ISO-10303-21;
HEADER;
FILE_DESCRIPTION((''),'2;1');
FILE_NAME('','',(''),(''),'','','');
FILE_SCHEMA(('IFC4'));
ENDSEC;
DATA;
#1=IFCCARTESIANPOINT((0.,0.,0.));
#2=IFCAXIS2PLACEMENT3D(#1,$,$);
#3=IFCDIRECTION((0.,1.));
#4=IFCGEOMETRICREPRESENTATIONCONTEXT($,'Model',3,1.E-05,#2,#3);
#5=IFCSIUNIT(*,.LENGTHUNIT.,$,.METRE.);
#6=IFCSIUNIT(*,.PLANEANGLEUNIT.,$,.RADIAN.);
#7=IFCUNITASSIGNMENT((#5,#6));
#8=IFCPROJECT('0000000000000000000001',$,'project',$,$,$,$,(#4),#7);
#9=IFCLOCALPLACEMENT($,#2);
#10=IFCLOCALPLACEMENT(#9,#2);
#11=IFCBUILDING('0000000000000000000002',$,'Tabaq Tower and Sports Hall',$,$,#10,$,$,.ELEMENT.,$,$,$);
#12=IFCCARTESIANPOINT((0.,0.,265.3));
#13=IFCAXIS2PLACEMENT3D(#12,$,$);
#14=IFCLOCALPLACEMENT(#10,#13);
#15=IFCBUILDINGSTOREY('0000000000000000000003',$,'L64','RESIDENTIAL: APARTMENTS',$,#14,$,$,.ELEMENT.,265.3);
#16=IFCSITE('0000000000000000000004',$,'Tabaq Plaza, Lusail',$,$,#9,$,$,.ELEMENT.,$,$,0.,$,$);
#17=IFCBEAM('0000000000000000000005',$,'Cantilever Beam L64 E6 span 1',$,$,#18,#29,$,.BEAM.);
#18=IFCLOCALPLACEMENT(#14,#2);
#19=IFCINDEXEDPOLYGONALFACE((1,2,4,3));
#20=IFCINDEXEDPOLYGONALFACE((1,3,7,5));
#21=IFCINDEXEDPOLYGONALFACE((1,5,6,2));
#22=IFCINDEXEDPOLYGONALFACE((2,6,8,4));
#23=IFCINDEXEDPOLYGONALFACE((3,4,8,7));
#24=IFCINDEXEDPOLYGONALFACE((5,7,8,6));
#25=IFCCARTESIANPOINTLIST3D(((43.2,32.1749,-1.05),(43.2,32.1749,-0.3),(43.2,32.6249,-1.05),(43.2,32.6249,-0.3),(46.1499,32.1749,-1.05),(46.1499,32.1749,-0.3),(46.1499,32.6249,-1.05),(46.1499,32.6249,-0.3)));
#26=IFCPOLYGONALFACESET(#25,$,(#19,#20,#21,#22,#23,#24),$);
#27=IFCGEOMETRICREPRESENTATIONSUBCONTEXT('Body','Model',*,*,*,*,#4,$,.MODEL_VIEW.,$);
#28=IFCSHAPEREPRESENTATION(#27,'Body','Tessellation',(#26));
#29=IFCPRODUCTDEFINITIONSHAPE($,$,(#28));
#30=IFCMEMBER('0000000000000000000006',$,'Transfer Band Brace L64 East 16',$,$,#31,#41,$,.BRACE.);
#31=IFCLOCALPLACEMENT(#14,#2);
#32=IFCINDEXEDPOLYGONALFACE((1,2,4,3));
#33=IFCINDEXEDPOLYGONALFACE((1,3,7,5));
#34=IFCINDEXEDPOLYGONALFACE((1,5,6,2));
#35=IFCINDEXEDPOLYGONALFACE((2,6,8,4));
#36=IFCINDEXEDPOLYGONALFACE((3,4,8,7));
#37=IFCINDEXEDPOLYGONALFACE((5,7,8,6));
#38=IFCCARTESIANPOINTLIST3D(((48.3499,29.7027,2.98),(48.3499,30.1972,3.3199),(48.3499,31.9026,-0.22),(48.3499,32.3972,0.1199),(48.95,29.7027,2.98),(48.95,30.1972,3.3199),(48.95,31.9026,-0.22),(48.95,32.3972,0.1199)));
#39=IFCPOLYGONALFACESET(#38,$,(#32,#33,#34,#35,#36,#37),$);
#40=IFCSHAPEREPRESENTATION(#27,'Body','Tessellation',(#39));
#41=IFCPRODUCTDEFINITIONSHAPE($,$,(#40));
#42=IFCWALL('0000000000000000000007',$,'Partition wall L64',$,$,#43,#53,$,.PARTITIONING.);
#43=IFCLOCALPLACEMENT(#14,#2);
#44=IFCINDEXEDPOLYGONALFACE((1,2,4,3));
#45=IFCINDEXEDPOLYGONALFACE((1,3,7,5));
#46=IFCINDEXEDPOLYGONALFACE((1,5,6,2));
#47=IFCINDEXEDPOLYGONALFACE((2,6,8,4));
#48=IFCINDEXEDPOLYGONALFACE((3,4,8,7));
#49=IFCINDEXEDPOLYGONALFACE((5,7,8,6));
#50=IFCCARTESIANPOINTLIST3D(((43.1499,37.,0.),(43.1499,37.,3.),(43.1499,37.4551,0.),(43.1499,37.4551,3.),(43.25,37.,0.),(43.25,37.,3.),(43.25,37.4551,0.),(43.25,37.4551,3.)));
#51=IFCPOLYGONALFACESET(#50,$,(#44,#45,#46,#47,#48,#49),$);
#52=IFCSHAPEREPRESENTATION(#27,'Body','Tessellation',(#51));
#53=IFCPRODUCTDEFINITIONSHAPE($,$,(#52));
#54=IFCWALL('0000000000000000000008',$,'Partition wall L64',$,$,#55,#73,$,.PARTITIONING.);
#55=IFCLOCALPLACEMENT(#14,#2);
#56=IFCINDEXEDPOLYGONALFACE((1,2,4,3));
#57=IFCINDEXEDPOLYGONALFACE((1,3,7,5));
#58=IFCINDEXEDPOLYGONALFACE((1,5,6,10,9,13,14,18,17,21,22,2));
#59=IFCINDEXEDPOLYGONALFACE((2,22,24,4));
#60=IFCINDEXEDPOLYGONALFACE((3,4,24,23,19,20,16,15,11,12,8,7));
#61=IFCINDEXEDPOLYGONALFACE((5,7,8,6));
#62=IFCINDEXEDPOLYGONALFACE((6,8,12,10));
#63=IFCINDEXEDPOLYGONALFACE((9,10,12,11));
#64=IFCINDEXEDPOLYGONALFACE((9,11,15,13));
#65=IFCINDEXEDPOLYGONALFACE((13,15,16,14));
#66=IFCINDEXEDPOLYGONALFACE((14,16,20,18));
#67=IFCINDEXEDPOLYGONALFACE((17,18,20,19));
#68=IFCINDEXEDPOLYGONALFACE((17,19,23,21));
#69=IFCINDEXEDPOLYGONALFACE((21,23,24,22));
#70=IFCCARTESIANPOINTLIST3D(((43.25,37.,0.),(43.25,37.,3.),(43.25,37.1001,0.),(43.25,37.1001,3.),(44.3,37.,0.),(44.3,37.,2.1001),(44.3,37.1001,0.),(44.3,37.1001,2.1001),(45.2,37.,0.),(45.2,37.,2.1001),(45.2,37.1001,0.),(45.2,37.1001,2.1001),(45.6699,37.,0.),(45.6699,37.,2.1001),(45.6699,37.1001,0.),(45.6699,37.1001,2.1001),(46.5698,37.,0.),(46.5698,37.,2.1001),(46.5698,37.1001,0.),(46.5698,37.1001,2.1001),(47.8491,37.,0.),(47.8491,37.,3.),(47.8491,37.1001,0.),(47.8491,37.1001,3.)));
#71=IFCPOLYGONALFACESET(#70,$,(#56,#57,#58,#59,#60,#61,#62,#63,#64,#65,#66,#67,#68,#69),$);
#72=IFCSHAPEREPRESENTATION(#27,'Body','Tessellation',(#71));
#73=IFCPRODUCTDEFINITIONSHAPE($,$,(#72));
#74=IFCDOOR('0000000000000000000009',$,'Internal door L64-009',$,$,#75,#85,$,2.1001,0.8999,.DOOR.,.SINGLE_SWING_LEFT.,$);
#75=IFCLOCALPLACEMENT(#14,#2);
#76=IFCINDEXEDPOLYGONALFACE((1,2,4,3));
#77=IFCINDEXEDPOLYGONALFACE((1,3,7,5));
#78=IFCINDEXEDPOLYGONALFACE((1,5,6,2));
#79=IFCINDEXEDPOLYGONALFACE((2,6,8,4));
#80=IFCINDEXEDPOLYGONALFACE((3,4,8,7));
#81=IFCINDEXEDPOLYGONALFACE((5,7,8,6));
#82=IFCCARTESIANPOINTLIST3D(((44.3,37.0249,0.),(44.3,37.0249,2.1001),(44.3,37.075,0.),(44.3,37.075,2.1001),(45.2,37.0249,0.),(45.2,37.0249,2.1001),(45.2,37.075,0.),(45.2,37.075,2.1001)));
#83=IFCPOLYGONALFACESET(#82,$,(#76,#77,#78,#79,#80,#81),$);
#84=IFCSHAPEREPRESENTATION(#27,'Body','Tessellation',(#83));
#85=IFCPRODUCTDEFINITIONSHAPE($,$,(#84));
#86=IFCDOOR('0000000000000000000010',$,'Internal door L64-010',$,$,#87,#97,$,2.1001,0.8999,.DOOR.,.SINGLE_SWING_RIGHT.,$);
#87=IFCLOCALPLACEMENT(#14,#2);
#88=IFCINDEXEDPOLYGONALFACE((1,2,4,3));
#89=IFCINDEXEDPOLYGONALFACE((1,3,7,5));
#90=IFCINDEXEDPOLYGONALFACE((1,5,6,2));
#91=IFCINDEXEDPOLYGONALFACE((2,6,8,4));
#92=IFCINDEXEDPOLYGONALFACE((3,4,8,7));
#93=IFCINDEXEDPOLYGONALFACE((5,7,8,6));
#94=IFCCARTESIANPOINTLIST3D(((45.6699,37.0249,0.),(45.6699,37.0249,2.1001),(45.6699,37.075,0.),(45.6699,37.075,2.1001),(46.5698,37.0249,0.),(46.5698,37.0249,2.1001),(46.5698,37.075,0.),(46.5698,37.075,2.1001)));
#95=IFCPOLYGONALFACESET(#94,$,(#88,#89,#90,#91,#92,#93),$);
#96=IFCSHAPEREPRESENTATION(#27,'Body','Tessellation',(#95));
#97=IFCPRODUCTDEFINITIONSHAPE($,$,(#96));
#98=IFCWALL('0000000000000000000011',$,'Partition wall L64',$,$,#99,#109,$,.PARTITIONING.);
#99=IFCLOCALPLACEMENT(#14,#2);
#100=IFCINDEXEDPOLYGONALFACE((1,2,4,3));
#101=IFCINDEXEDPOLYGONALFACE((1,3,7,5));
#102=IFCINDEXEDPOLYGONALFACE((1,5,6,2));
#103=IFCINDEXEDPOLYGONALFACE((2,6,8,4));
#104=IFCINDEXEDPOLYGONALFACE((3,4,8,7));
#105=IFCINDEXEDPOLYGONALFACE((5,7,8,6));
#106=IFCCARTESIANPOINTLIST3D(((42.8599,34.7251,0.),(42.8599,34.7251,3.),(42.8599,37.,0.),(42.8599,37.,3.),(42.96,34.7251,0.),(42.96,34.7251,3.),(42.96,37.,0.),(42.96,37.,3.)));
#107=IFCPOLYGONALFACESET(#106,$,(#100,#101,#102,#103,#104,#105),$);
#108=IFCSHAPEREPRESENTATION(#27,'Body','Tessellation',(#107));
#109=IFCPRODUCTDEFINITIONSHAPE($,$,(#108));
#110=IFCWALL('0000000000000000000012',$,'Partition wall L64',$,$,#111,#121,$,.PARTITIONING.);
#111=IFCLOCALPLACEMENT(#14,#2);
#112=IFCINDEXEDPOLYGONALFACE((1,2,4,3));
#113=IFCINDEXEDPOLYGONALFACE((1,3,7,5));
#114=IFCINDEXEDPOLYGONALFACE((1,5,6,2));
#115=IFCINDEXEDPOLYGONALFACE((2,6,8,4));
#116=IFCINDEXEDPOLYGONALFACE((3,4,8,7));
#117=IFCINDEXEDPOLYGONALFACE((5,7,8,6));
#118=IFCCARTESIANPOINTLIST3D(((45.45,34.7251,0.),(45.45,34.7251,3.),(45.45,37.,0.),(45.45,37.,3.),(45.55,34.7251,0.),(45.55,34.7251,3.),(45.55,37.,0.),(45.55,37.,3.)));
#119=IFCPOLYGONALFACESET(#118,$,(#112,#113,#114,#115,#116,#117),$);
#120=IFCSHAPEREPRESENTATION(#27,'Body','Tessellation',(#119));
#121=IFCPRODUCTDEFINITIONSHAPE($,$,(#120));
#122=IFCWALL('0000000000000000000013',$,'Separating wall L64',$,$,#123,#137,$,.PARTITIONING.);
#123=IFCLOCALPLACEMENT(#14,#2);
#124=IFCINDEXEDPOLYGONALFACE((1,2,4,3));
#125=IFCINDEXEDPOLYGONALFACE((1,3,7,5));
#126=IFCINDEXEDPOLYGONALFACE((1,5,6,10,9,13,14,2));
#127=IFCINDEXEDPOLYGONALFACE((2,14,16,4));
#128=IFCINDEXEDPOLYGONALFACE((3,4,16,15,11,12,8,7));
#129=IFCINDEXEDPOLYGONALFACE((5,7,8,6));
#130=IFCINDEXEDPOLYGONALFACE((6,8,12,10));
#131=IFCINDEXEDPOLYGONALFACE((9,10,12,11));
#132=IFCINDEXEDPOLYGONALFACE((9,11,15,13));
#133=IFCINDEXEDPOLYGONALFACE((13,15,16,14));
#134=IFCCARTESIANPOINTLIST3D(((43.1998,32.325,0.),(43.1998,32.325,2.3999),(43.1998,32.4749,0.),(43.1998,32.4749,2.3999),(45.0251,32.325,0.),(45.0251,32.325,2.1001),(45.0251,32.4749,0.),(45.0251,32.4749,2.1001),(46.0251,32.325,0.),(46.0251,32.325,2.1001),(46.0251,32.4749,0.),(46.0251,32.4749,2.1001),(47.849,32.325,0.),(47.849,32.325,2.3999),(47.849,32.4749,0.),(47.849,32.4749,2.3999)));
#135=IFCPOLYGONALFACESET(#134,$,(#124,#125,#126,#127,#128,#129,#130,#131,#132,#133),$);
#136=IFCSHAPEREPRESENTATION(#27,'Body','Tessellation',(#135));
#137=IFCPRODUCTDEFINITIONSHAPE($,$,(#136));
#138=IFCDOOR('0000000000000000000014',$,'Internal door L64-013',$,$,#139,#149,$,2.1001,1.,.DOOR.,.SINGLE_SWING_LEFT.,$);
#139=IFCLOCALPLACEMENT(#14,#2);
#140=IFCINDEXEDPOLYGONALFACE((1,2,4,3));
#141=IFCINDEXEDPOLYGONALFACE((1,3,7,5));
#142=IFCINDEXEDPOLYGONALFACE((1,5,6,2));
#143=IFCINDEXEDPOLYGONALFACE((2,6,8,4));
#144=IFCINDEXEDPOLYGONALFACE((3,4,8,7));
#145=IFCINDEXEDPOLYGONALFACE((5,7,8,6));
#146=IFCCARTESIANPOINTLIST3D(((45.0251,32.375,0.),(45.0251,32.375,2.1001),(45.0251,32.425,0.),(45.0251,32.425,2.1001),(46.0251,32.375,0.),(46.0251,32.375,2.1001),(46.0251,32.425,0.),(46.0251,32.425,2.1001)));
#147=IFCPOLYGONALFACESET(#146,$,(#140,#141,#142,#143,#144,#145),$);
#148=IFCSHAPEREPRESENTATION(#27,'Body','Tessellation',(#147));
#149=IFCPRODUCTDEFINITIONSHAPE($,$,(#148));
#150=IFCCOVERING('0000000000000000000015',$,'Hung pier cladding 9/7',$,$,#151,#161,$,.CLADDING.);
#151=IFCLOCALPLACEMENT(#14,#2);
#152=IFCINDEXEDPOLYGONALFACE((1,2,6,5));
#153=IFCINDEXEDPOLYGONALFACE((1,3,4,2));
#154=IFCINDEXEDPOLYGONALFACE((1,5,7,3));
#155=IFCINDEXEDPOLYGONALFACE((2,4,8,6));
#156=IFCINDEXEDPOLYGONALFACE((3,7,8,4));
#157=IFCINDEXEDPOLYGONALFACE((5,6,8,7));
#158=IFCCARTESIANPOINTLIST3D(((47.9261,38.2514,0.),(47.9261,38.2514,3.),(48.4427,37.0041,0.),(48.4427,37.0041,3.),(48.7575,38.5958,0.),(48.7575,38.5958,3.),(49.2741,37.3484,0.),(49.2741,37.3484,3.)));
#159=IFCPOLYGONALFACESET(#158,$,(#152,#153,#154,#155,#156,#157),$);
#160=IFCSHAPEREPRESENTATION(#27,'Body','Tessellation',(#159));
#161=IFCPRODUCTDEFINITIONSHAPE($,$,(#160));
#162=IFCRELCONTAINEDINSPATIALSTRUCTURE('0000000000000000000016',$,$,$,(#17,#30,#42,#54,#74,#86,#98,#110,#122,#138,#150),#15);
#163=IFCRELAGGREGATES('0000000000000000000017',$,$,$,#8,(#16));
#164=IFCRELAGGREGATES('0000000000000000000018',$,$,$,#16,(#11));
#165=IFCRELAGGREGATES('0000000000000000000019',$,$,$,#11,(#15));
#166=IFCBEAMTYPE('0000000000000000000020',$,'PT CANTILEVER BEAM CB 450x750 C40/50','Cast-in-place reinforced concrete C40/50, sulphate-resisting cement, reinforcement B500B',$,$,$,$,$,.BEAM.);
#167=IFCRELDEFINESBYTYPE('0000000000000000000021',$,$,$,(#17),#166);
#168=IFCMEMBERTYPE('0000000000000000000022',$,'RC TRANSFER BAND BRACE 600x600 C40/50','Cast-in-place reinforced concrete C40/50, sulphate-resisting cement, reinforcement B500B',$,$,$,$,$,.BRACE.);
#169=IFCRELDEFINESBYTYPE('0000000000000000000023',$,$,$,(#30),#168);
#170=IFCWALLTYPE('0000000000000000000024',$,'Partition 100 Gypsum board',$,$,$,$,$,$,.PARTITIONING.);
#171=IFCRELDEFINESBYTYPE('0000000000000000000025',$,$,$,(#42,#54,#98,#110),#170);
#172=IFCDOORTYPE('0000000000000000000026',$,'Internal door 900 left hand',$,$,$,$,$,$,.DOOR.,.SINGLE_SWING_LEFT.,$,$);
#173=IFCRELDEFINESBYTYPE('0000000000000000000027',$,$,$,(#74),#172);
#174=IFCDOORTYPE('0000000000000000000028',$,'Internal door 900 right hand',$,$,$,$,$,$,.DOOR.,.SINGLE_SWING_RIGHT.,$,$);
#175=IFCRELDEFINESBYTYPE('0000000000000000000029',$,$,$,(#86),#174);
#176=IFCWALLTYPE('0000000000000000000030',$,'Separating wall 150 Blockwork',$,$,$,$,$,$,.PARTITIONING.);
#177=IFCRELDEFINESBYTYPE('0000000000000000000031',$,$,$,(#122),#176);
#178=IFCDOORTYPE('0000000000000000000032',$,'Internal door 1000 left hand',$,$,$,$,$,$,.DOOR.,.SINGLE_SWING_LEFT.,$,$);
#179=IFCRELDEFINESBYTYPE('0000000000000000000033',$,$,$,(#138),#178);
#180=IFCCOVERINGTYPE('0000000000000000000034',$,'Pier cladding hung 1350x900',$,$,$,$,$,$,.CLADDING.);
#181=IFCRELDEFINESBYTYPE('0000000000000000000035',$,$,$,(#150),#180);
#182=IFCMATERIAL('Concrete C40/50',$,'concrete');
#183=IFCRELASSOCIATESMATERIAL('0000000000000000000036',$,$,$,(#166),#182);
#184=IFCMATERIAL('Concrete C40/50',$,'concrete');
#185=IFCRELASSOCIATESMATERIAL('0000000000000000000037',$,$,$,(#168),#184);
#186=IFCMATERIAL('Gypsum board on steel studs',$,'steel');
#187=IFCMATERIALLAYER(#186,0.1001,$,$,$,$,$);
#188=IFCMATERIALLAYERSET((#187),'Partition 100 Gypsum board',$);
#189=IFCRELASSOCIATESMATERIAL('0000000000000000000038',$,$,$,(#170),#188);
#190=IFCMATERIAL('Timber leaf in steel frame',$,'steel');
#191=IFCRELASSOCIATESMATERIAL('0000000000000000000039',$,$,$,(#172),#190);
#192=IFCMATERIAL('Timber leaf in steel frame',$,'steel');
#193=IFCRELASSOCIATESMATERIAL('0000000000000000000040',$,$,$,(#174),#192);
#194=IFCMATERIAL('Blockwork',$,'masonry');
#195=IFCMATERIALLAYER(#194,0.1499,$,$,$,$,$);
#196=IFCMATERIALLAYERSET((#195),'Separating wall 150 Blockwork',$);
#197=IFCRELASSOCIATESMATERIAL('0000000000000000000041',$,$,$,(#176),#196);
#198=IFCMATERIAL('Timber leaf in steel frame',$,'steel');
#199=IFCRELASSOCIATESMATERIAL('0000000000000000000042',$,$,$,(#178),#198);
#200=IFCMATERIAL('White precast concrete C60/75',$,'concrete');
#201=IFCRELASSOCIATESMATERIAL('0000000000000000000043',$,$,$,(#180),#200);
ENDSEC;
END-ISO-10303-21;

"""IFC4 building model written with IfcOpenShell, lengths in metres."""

from ifc_helpers import new_model, si_unit, direction, frame, frame_2d, origin, origin_2d, place, context, subcontext, project, spatial, rectangle, extrude, material, layer, layer_set, material_profile, profile_set, type_object, element, fill, save


model = new_model("IFC4")

# Units and contexts
model_context = context("Model", 3, precision=1e-05, world=origin(), true_north=direction((0.0, 1.0)))
body_context = subcontext(model_context, "Body", "Model", "MODEL_VIEW")
ifc_project = project(units=[si_unit("LENGTHUNIT", "METRE"), si_unit("PLANEANGLEUNIT", "RADIAN")], contexts=[model_context])

# Site, building, storey
site_placement = place(None, origin())
site = spatial("IfcSite", under=ifc_project, at=site_placement, Name="Tabaq Plaza, Lusail", CompositionType="ELEMENT", RefElevation=0.0)
building_placement = place(site_placement, origin())
building = spatial("IfcBuilding", under=site, at=building_placement, Name="Tabaq Tower and Sports Hall", CompositionType="ELEMENT")
storey_placement = place(building_placement, frame((0.0, 0.0, 265.3)))
storey = spatial("IfcBuildingStorey", under=building, at=storey_placement, Name="L64", Description="RESIDENTIAL: APARTMENTS", CompositionType="ELEMENT", Elevation=265.3)

# Beam
ifc_material_1 = material(Name="Concrete C40/50", Category="concrete")
ifc_material_profile_1 = material_profile(ifc_material_1, rectangle(XDim=0.45, YDim=0.75, at=origin_2d()), Name="CB 450x750")
ifc_profile_set_1 = profile_set([ifc_material_profile_1], Name="Concrete C40/50")
beam_type = type_object("IfcBeamType", Name="PT CANTILEVER BEAM CB 450x750 C40/50", Description="Cast-in-place reinforced concrete C40/50, sulphate-resisting cement, reinforcement B500B", PredefinedType="BEAM", material=ifc_profile_set_1)
beam_placement = place(storey_placement, frame((46.1499, 32.3999, -0.675), z_axis=(-1.0, 0.0, 0.0), x_axis=(0.0, -1.0, 0.0)))
element("IfcBeam", 1, at=beam_placement, inside=storey, type_object=beam_type, Name="Cantilever Beam L64 E6 span 1", PredefinedType="BEAM", context=body_context, shape_type="SweptSolid", body=[
    extrude(rectangle(XDim=0.45, YDim=0.75, at=origin_2d()), origin(), (0.0, 0.0, 1.0), 2.95),
])

# Member
ifc_material_2 = material(Name="Concrete C40/50", Category="concrete")
ifc_material_profile_2 = material_profile(ifc_material_2, rectangle(XDim=0.6001, YDim=0.6001, at=origin_2d()), Name="TRANSFER BAND BRACE 600x600")
ifc_profile_set_2 = profile_set([ifc_material_profile_2], Name="Concrete C40/50")
member_type = type_object("IfcMemberType", Name="RC TRANSFER BAND BRACE 600x600 C40/50", Description="Cast-in-place reinforced concrete C40/50, sulphate-resisting cement, reinforcement B500B", PredefinedType="BRACE", material=ifc_profile_set_2)
member_placement = place(storey_placement, frame((48.6499, 32.1499, -0.05), z_axis=(0.0, -0.566526, 0.824044), x_axis=(1.0, 0.0, 0.0)))
element("IfcMember", 2, at=member_placement, inside=storey, type_object=member_type, Name="Transfer Band Brace L64 East 16", PredefinedType="BRACE", context=body_context, shape_type="SweptSolid", body=[
    extrude(rectangle(XDim=0.6001, YDim=0.6001, at=origin_2d()), origin(), (0.0, 0.0, 1.0), 3.8833),
])

# Wall
ifc_material_3 = material(Name="Gypsum board on steel studs", Category="steel")
ifc_layer_1 = layer(ifc_material_3, 0.1001)
ifc_layer_set_1 = layer_set([ifc_layer_1], Name="Partition 100 Gypsum board")
wall_type_1 = type_object("IfcWallType", Name="Partition 100 Gypsum board", PredefinedType="PARTITIONING", material=ifc_layer_set_1)
wall_1_placement = place(storey_placement, frame((43.2, 37.0, 0.0), z_axis=(0.0, 0.0, 1.0), x_axis=(0.0, 1.0, 0.0)))
element("IfcWall", 3, at=wall_1_placement, inside=storey, type_object=wall_type_1, Name="Partition wall L64", PredefinedType="PARTITIONING", context=body_context, shape_type="SweptSolid", body=[
    extrude(rectangle(XDim=0.4551, YDim=0.1001, at=frame_2d((0.2275, 0.0))), origin(), (0.0, 0.0, 1.0), 3.0),
])

# Wall, openings, doors
wall_2_placement = place(storey_placement, frame((43.25, 37.05, 0.0), z_axis=(0.0, 0.0, 1.0), x_axis=(1.0, 0.0, 0.0)))
wall_2 = element("IfcWall", 4, at=wall_2_placement, inside=storey, type_object=wall_type_1, Name="Partition wall L64", PredefinedType="PARTITIONING", context=body_context, shape_type="SweptSolid", body=[
    extrude(rectangle(XDim=4.5991, YDim=0.1001, at=frame_2d((2.2996, 0.0))), origin(), (0.0, 0.0, 1.0), 3.0),
])
opening_1_placement = place(wall_2_placement, frame((1.05, 0.0, 0.0)))
opening_1 = element("IfcOpeningElement", 5, at=opening_1_placement, cuts=wall_2, PredefinedType="OPENING", context=body_context, shape_type="SweptSolid", body=[
    extrude(rectangle(XDim=0.8999, YDim=2.1001, at=frame_2d((0.45, 1.05))), frame((0.0, 0.05, 0.0), z_axis=(0.0, -1.0, 0.0), x_axis=(1.0, 0.0, 0.0)), (0.0, 0.0, 1.0), 0.1001),
])
opening_2_placement = place(wall_2_placement, frame((2.4199, 0.0, 0.0)))
opening_2 = element("IfcOpeningElement", 6, at=opening_2_placement, cuts=wall_2, PredefinedType="OPENING", context=body_context, shape_type="SweptSolid", body=[
    extrude(rectangle(XDim=0.8999, YDim=2.1001, at=frame_2d((0.45, 1.05))), frame((0.0, 0.05, 0.0), z_axis=(0.0, -1.0, 0.0), x_axis=(1.0, 0.0, 0.0)), (0.0, 0.0, 1.0), 0.1001),
])
ifc_material_4 = material(Name="Timber leaf in steel frame", Category="steel")
door_type_1 = type_object("IfcDoorType", Name="Internal door 900 left hand", OperationType="SINGLE_SWING_LEFT", PredefinedType="DOOR", material=ifc_material_4)
door_1_placement = place(opening_1_placement, origin())
door_1 = element("IfcDoor", 7, at=door_1_placement, inside=storey, type_object=door_type_1, Name="Internal door L64-009", OperationType="SINGLE_SWING_LEFT", OverallHeight=2.1001, OverallWidth=0.8999, PredefinedType="DOOR", context=body_context, shape_type="SweptSolid", body=[
    extrude(rectangle(XDim=0.8999, YDim=2.1001, at=frame_2d((0.45, 1.05))), frame((0.0, 0.0249, 0.0), z_axis=(0.0, -1.0, 0.0), x_axis=(1.0, 0.0, 0.0)), (0.0, 0.0, 1.0), 0.05),
])
fill(opening_1, door_1)
ifc_material_5 = material(Name="Timber leaf in steel frame", Category="steel")
door_type_2 = type_object("IfcDoorType", Name="Internal door 900 right hand", OperationType="SINGLE_SWING_RIGHT", PredefinedType="DOOR", material=ifc_material_5)
door_2_placement = place(opening_2_placement, origin())
door_2 = element("IfcDoor", 8, at=door_2_placement, inside=storey, type_object=door_type_2, Name="Internal door L64-010", OperationType="SINGLE_SWING_RIGHT", OverallHeight=2.1001, OverallWidth=0.8999, PredefinedType="DOOR", context=body_context, shape_type="SweptSolid", body=[
    extrude(rectangle(XDim=0.8999, YDim=2.1001, at=frame_2d((0.45, 1.05))), frame((0.0, 0.0249, 0.0), z_axis=(0.0, -1.0, 0.0), x_axis=(1.0, 0.0, 0.0)), (0.0, 0.0, 1.0), 0.05),
])
fill(opening_2, door_2)

# Walls
for number, where, z_axis, x_axis, name in (
    (9, (42.9099, 34.7251, 0.0), (0.0, 0.0, 1.0), (0.0, 1.0, 0.0), "Partition wall L64"),
    (10, (45.5, 34.7251, 0.0), (0.0, 0.0, 1.0), (0.0, 1.0, 0.0), "Partition wall L64"),
):
    element("IfcWall", number, at=place(storey_placement, frame(where, z_axis=z_axis, x_axis=x_axis)), inside=storey, type_object=wall_type_1, Name=name, PredefinedType="PARTITIONING", context=body_context, shape_type="SweptSolid", body=[
        extrude(rectangle(XDim=2.2749, YDim=0.1001, at=frame_2d((1.1375, 0.0))), origin(), (0.0, 0.0, 1.0), 3.0),
    ])

# Wall, opening, door
ifc_material_6 = material(Name="Blockwork", Category="masonry")
ifc_layer_2 = layer(ifc_material_6, 0.1499)
ifc_layer_set_2 = layer_set([ifc_layer_2], Name="Separating wall 150 Blockwork")
wall_type_2 = type_object("IfcWallType", Name="Separating wall 150 Blockwork", PredefinedType="PARTITIONING", material=ifc_layer_set_2)
wall_3_placement = place(storey_placement, frame((47.8491, 32.3999, 0.0), z_axis=(0.0, 0.0, 1.0), x_axis=(-1.0, 0.0, 0.0)))
wall_3 = element("IfcWall", 11, at=wall_3_placement, inside=storey, type_object=wall_type_2, Name="Separating wall L64", PredefinedType="PARTITIONING", context=body_context, shape_type="SweptSolid", body=[
    extrude(rectangle(XDim=4.6492, YDim=0.1499, at=frame_2d((2.3247, 0.0))), origin(), (0.0, 0.0, 1.0), 2.3999),
])
opening_3_placement = place(wall_3_placement, frame((1.824, 0.0, 0.0)))
opening_3 = element("IfcOpeningElement", 12, at=opening_3_placement, cuts=wall_3, PredefinedType="OPENING", context=body_context, shape_type="SweptSolid", body=[
    extrude(rectangle(XDim=1.0, YDim=2.1001, at=frame_2d((0.5, 1.05))), frame((0.0, 0.075, 0.0), z_axis=(0.0, -1.0, 0.0), x_axis=(1.0, 0.0, 0.0)), (0.0, 0.0, 1.0), 0.1499),
])
ifc_material_7 = material(Name="Timber leaf in steel frame", Category="steel")
door_type_3 = type_object("IfcDoorType", Name="Internal door 1000 left hand", OperationType="SINGLE_SWING_LEFT", PredefinedType="DOOR", material=ifc_material_7)
door_3_placement = place(opening_3_placement, origin())
door_3 = element("IfcDoor", 13, at=door_3_placement, inside=storey, type_object=door_type_3, Name="Internal door L64-013", OperationType="SINGLE_SWING_LEFT", OverallHeight=2.1001, OverallWidth=1.0, PredefinedType="DOOR", context=body_context, shape_type="SweptSolid", body=[
    extrude(rectangle(XDim=1.0, YDim=2.1001, at=frame_2d((0.5, 1.05))), frame((0.0, 0.0249, 0.0), z_axis=(0.0, -1.0, 0.0), x_axis=(1.0, 0.0, 0.0)), (0.0, 0.0, 1.0), 0.05),
])
fill(opening_3, door_3)

# Covering
ifc_material_8 = material(Name="White precast concrete C60/75", Category="concrete")
covering_type_1 = type_object("IfcCoveringType", Name="Pier cladding hung 1350x900", PredefinedType="CLADDING", material=ifc_material_8)
covering_1_placement = place(storey_placement, frame((48.8584, 37.1763, 0.0), z_axis=(0.0, 0.0, 1.0), x_axis=(-0.38265, 0.923893, 0.0)))
element("IfcCovering", 14, at=covering_1_placement, inside=storey, type_object=covering_type_1, Name="Hung pier cladding 9/7", PredefinedType="CLADDING", context=body_context, shape_type="SweptSolid", body=[
    extrude(rectangle(XDim=1.3501, YDim=0.8999, at=frame_2d((0.675, 0.0))), origin(), (0.0, 0.0, 1.0), 3.0),
])

save(model, "model.ifc")
